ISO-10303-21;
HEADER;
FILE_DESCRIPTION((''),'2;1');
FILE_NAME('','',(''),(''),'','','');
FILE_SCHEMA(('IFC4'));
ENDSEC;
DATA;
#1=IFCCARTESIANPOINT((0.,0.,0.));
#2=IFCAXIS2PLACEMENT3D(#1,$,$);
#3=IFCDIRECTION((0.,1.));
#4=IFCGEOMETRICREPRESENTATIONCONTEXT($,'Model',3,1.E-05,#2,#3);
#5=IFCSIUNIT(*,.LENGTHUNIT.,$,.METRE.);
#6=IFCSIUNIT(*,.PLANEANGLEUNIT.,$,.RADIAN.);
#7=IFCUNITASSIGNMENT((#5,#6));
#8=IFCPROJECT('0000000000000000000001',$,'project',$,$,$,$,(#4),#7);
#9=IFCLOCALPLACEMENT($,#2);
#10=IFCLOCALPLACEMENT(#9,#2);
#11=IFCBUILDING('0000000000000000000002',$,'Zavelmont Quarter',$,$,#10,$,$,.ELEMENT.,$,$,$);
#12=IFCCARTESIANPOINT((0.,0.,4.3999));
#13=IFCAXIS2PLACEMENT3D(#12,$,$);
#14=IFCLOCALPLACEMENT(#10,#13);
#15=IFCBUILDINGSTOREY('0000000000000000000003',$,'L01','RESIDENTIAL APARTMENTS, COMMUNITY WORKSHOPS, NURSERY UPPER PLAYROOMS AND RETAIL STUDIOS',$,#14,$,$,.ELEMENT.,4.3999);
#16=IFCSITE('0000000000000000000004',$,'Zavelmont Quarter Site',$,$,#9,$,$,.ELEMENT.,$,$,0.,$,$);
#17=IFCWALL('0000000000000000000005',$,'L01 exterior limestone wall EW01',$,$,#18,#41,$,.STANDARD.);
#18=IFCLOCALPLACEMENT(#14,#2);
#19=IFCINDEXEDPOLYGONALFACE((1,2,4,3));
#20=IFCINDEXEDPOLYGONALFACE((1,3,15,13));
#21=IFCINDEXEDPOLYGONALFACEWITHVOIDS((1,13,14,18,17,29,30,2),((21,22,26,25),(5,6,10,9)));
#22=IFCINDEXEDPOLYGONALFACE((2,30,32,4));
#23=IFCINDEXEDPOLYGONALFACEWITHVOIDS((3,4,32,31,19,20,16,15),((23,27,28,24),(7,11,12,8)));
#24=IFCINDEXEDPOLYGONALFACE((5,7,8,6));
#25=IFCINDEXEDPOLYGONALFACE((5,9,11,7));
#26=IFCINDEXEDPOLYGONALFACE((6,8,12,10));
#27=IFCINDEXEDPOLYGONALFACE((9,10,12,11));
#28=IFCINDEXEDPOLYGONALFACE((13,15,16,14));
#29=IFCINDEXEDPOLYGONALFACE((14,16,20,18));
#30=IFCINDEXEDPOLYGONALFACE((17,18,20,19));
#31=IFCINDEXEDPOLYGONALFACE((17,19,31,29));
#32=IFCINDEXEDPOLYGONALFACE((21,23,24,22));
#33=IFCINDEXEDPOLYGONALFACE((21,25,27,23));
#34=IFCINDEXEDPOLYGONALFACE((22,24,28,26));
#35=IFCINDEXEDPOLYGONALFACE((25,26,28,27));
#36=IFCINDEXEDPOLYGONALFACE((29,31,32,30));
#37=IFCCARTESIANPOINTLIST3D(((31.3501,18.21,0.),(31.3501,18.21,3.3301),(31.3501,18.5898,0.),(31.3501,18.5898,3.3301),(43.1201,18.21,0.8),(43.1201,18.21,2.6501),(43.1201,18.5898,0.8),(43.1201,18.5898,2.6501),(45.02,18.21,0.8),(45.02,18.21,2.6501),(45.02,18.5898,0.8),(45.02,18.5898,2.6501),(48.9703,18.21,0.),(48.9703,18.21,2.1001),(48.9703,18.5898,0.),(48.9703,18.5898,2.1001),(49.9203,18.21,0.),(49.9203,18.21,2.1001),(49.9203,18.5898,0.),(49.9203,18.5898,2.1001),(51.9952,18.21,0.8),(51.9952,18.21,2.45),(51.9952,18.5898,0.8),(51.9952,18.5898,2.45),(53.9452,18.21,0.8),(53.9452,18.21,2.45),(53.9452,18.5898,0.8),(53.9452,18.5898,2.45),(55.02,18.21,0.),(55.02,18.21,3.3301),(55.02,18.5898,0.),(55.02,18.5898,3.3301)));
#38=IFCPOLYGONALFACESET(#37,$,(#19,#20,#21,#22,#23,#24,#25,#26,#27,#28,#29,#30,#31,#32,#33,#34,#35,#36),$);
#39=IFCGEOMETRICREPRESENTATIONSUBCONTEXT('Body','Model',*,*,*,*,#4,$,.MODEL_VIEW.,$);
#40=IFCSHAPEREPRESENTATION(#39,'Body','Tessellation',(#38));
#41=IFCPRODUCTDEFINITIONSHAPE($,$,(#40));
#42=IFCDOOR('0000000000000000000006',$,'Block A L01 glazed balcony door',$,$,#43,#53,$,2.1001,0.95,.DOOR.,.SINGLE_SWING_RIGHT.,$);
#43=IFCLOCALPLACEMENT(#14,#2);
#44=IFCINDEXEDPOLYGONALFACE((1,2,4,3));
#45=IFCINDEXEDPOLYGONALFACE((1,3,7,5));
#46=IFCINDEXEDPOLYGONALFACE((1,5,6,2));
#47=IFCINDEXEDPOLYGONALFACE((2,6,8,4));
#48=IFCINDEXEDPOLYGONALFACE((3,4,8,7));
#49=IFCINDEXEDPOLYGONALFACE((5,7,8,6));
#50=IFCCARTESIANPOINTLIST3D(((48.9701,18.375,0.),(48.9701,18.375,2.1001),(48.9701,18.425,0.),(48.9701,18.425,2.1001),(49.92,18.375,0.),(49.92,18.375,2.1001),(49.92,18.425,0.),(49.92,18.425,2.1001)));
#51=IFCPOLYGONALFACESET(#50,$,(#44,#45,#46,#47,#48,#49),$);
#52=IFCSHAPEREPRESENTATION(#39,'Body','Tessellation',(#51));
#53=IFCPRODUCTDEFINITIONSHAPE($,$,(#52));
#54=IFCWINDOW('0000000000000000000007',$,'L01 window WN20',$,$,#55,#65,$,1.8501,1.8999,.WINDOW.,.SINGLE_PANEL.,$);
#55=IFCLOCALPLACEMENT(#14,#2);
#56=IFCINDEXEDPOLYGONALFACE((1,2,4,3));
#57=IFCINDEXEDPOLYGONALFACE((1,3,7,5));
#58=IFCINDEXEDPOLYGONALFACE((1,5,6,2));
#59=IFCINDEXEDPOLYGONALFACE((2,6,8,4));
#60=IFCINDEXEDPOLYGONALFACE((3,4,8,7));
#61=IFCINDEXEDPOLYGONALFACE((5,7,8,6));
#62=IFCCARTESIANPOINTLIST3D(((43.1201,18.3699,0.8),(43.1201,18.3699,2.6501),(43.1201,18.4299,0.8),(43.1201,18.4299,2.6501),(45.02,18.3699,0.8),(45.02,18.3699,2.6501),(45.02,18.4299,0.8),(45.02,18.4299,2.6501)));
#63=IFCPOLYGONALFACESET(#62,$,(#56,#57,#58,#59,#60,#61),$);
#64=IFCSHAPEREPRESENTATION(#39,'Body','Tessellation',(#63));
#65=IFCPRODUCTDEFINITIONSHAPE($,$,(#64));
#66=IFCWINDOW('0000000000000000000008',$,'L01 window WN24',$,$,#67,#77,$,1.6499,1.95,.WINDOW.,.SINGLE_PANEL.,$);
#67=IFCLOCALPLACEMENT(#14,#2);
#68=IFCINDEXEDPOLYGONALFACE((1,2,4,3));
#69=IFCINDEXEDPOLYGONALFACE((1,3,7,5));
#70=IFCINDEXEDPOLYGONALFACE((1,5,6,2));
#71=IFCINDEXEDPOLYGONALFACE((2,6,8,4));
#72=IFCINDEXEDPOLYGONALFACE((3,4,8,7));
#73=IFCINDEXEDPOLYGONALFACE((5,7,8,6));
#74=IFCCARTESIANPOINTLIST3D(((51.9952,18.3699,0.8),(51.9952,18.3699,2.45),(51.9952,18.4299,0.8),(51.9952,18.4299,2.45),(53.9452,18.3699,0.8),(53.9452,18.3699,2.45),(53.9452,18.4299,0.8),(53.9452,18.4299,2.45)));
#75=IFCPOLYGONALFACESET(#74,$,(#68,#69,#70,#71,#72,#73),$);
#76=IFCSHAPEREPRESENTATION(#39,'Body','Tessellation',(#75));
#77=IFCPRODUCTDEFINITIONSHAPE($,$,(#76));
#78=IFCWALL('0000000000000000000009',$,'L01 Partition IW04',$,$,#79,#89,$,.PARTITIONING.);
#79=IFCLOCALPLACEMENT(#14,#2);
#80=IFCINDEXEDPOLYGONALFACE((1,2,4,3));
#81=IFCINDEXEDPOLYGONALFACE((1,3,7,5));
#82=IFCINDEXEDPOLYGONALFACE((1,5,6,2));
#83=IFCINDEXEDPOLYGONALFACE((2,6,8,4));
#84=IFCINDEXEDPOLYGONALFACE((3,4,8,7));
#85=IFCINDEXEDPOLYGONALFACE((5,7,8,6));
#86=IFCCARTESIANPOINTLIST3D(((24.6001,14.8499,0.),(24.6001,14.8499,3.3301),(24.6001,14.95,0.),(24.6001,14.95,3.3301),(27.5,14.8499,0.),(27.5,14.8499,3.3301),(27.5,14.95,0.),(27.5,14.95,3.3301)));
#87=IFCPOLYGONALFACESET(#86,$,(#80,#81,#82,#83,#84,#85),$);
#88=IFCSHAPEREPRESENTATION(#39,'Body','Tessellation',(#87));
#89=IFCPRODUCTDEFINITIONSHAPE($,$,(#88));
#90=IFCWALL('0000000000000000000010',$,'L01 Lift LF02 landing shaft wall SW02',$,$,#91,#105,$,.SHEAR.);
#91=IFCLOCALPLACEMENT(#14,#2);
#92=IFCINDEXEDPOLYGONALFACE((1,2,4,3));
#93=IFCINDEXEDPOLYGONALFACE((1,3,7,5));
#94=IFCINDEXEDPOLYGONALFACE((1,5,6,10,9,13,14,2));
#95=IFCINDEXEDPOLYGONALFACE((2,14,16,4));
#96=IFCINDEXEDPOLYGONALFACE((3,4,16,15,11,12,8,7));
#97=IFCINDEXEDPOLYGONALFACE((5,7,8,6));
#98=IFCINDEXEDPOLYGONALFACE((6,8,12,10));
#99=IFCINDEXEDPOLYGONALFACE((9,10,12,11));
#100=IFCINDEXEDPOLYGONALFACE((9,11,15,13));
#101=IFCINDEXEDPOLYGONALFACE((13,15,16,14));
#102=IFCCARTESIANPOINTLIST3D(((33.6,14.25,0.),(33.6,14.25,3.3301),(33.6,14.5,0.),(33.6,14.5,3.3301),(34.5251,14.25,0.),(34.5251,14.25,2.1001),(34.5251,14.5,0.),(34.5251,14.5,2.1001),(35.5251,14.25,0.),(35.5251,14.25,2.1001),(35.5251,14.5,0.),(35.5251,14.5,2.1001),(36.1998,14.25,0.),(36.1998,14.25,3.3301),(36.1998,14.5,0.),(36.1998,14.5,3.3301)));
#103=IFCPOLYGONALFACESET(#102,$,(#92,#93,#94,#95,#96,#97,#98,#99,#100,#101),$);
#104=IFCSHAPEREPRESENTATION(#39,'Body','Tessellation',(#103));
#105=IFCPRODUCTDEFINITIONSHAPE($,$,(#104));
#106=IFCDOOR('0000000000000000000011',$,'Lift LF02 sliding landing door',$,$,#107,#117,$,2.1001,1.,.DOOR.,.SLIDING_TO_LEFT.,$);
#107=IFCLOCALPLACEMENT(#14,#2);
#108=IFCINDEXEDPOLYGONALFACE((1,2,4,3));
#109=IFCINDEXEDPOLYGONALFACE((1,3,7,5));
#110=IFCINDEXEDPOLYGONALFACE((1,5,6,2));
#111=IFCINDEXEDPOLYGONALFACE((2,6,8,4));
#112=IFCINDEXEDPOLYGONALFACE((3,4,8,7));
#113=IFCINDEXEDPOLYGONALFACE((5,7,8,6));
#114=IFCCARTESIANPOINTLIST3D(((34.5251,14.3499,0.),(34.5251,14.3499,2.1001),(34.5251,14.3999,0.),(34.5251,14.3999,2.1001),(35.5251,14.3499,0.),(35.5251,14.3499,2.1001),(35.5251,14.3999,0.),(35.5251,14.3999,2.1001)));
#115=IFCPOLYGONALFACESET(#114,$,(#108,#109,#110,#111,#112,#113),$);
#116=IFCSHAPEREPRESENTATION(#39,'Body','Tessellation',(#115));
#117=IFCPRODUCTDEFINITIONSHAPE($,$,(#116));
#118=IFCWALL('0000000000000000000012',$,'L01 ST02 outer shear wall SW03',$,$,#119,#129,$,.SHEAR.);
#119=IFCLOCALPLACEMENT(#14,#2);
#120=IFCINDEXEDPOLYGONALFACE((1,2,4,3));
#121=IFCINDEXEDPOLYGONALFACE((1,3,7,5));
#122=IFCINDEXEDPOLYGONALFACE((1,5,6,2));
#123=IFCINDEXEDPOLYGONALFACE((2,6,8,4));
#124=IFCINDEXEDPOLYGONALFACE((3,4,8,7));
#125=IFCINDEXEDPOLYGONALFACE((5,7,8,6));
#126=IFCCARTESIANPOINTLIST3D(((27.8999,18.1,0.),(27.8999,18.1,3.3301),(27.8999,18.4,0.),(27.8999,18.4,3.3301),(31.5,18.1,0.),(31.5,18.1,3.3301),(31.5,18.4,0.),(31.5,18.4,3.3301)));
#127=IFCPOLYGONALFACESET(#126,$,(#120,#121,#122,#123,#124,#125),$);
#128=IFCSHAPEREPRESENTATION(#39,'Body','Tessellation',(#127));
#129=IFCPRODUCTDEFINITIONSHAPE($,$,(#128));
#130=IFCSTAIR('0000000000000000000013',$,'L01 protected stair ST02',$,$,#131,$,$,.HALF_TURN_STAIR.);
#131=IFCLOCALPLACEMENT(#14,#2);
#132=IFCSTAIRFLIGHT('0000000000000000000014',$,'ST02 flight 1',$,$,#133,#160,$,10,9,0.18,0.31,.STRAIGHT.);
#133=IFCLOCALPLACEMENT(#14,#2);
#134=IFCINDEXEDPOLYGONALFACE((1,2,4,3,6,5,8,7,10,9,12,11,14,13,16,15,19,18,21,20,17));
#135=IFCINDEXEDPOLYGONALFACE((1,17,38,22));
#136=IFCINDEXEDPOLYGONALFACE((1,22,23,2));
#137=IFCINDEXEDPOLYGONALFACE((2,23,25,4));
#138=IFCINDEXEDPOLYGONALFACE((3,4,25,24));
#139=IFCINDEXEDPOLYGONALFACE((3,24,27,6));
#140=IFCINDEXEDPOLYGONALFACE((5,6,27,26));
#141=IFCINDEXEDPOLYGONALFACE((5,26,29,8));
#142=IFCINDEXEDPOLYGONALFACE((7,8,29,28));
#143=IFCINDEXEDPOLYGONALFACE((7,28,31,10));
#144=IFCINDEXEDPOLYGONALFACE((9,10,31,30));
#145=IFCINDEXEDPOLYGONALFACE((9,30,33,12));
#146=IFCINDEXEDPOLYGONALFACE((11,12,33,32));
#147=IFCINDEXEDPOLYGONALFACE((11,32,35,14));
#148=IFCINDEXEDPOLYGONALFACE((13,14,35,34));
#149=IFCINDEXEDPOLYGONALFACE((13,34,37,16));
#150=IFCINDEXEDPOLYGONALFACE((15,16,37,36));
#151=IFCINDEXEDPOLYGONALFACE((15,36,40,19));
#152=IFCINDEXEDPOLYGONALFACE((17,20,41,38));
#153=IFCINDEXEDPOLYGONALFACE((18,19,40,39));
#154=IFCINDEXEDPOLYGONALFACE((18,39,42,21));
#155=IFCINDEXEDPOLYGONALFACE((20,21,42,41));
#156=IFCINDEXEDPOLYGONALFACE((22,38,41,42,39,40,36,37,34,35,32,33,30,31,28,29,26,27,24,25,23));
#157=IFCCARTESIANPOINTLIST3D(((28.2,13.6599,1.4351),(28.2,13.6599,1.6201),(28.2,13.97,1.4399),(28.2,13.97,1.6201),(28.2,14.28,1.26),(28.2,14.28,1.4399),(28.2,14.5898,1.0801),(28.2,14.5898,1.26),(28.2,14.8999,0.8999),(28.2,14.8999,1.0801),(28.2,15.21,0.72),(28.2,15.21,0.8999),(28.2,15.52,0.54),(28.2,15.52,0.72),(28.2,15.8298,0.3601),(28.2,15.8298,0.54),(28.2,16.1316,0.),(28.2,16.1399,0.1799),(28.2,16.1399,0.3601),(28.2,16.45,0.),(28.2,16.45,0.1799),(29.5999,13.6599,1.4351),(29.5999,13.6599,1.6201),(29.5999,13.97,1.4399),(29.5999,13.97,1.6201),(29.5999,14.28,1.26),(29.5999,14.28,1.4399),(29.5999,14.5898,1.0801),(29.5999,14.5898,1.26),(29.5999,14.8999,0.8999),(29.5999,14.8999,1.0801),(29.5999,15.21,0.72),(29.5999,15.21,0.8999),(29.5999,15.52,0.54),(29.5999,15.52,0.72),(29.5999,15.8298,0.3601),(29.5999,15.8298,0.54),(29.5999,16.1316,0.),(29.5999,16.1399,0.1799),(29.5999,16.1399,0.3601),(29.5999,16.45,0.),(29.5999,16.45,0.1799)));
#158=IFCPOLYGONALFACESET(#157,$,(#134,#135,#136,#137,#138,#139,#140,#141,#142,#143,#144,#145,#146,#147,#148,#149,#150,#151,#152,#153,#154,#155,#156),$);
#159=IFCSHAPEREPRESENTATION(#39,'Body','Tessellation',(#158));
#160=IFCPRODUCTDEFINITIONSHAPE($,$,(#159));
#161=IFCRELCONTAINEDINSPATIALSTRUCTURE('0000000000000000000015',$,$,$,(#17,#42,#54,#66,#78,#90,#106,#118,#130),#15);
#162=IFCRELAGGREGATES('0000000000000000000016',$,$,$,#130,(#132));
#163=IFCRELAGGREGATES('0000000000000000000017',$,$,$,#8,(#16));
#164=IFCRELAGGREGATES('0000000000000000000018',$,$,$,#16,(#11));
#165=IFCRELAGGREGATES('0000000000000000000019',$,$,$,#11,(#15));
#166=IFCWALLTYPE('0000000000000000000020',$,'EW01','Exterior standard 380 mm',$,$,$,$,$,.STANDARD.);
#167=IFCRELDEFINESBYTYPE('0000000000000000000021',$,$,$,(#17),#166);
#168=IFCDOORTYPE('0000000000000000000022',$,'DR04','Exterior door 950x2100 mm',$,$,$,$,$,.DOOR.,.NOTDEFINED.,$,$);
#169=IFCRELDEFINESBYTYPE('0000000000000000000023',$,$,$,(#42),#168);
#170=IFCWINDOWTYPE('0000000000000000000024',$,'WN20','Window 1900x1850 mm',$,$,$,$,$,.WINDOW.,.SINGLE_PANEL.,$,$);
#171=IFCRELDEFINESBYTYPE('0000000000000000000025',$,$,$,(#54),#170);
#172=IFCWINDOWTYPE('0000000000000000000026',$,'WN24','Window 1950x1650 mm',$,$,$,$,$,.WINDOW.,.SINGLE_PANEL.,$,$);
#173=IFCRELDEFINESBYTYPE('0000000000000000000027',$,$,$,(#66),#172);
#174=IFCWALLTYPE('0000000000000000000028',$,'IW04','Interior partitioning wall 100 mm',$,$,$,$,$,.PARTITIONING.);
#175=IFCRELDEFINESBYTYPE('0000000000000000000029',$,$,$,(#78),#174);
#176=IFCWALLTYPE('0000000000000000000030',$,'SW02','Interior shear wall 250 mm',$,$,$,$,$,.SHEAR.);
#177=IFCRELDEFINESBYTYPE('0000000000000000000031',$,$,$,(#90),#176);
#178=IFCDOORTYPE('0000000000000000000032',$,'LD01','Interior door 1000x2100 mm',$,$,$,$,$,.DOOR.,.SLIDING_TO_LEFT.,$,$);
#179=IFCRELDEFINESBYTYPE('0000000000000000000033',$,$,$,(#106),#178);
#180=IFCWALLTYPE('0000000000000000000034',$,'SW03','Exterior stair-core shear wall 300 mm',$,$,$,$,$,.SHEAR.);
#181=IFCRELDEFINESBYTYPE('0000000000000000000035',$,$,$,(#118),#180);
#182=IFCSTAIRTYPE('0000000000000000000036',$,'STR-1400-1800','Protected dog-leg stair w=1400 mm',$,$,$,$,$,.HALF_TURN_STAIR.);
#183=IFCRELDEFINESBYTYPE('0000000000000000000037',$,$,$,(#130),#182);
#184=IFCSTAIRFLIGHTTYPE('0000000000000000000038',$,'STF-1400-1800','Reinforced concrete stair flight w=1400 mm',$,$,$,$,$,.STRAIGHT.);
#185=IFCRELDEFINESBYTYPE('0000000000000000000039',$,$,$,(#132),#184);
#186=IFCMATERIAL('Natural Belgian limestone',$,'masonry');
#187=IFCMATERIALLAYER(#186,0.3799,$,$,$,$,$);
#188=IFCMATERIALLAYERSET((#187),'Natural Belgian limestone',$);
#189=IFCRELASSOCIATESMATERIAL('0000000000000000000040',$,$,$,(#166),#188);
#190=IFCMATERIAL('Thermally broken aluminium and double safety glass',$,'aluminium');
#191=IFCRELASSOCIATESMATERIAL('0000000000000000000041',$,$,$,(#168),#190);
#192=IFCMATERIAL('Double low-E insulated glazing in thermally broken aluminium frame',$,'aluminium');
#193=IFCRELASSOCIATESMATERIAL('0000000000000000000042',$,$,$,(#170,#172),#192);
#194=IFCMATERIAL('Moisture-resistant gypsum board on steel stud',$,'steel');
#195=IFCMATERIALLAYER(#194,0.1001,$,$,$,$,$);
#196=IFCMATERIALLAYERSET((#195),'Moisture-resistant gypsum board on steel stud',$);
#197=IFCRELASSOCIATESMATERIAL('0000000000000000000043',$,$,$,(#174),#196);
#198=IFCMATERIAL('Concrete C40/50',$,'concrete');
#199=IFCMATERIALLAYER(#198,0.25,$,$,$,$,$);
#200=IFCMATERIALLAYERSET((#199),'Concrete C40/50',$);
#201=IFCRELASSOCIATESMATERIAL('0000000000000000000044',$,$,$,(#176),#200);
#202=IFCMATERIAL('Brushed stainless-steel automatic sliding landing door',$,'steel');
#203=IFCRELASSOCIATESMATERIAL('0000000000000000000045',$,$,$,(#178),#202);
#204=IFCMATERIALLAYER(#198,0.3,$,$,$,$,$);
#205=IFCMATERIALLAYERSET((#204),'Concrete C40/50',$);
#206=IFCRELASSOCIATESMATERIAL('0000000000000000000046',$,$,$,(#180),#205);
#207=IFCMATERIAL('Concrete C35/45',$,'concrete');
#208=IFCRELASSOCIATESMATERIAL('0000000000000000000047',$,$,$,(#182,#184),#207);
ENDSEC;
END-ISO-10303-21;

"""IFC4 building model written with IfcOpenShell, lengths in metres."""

from ifc_helpers import new_model, si_unit, direction, frame, frame_2d, origin, origin_with_axes, place, context, subcontext, project, spatial, polyline, rectangle, outline, extrude, material, layer, layer_set, type_object, element, fill, aggregate, save


model = new_model("IFC4")

# Units and contexts
model_context = context("Model", 3, precision=1e-05, world=origin(), true_north=direction((0.0, 1.0)))
body_context = subcontext(model_context, "Body", "Model", "MODEL_VIEW")
ifc_project = project(units=[si_unit("LENGTHUNIT", "METRE"), si_unit("PLANEANGLEUNIT", "RADIAN")], contexts=[model_context])

# Site, building, storey
site_placement = place(None, origin())
site = spatial("IfcSite", under=ifc_project, at=site_placement, Name="Zavelmont Quarter Site", CompositionType="ELEMENT", RefElevation=0.0)
building_placement = place(site_placement, origin())
building = spatial("IfcBuilding", under=site, at=building_placement, Name="Zavelmont Quarter", CompositionType="ELEMENT")
storey_placement = place(building_placement, frame((0.0, 0.0, 4.3999)))
storey = spatial("IfcBuildingStorey", under=building, at=storey_placement, Name="L01", Description="RESIDENTIAL APARTMENTS, COMMUNITY WORKSHOPS, NURSERY UPPER PLAYROOMS AND RETAIL STUDIOS", CompositionType="ELEMENT", Elevation=4.3999)

# Shared definitions
ifc_material_1 = material(Name="Concrete C40/50", Category="concrete")

# Wall, openings, door, windows
ifc_material_2 = material(Name="Natural Belgian limestone", Category="masonry")
ifc_layer_1 = layer(ifc_material_2, 0.3799)
ifc_layer_set_1 = layer_set([ifc_layer_1], Name="Natural Belgian limestone")
wall_type_1 = type_object("IfcWallType", Name="EW01", Description="Exterior standard 380 mm", PredefinedType="STANDARD", material=ifc_layer_set_1)
wall_1_placement = place(storey_placement, frame((31.3501, 18.3999, 0.0), z_axis=(0.0, 0.0, 1.0), x_axis=(1.0, 0.0, 0.0)))
wall_1 = element("IfcWall", 1, at=wall_1_placement, inside=storey, type_object=wall_type_1, Name="L01 exterior limestone wall EW01", PredefinedType="STANDARD", context=body_context, shape_type="SweptSolid", body=[
    extrude(rectangle(XDim=23.6699, YDim=0.3799, at=frame_2d((11.835, 0.0))), origin(), (0.0, 0.0, 1.0), 3.3301),
])
opening_1_placement = place(wall_1_placement, frame((17.6201, 0.0, 0.0)))
opening_1 = element("IfcOpeningElement", 2, at=opening_1_placement, cuts=wall_1, PredefinedType="OPENING", context=body_context, shape_type="SweptSolid", body=[
    extrude(rectangle(XDim=0.95, YDim=2.1001, at=frame_2d((0.4751, 1.05))), frame((0.0, 0.2019, 0.0), z_axis=(0.0, -1.0, 0.0), x_axis=(1.0, 0.0, 0.0)), (0.0, 0.0, 1.0), 0.4038),
])
opening_2_placement = place(wall_1_placement, frame((11.77, 0.0, 0.8)))
opening_2 = element("IfcOpeningElement", 3, at=opening_2_placement, cuts=wall_1, PredefinedType="OPENING", context=body_context, shape_type="SweptSolid", body=[
    extrude(rectangle(XDim=1.8999, YDim=1.8501, at=frame_2d((0.95, 0.925))), frame((0.0, 0.2019, 0.0), z_axis=(0.0, -1.0, 0.0), x_axis=(1.0, 0.0, 0.0)), (0.0, 0.0, 1.0), 0.4038),
])
opening_3_placement = place(wall_1_placement, frame((20.645, 0.0, 0.8)))
opening_3 = element("IfcOpeningElement", 4, at=opening_3_placement, cuts=wall_1, PredefinedType="OPENING", context=body_context, shape_type="SweptSolid", body=[
    extrude(rectangle(XDim=1.95, YDim=1.6499, at=frame_2d((0.9751, 0.825))), frame((0.0, 0.2019, 0.0), z_axis=(0.0, -1.0, 0.0), x_axis=(1.0, 0.0, 0.0)), (0.0, 0.0, 1.0), 0.4038),
])
ifc_material_3 = material(Name="Thermally broken aluminium and double safety glass", Category="aluminium")
door_type_1 = type_object("IfcDoorType", Name="DR04", Description="Exterior door 950x2100 mm", OperationType="NOTDEFINED", PredefinedType="DOOR", material=ifc_material_3)
door_1_placement = place(opening_1_placement, frame((0.95, 0.0, 0.0), z_axis=(0.0, 0.0, 1.0), x_axis=(-1.0, 0.0, 0.0)))
door_1 = element("IfcDoor", 5, at=door_1_placement, inside=storey, type_object=door_type_1, Name="Block A L01 glazed balcony door", OperationType="SINGLE_SWING_RIGHT", OverallHeight=2.1001, OverallWidth=0.95, PredefinedType="DOOR", context=body_context, shape_type="SweptSolid", body=[
    extrude(rectangle(XDim=0.95, YDim=2.1001, at=frame_2d((0.4751, 1.05))), frame((0.0, 0.0249, 0.0), z_axis=(0.0, -1.0, 0.0), x_axis=(1.0, 0.0, 0.0)), (0.0, 0.0, 1.0), 0.05),
])
fill(opening_1, door_1)
ifc_material_4 = material(Name="Double low-E insulated glazing in thermally broken aluminium frame", Category="aluminium")
window_type_1 = type_object("IfcWindowType", Name="WN20", Description="Window 1900x1850 mm", PartitioningType="SINGLE_PANEL", PredefinedType="WINDOW", material=ifc_material_4)
window_1_placement = place(opening_2_placement, origin_with_axes())
window_1 = element("IfcWindow", 6, at=window_1_placement, inside=storey, type_object=window_type_1, Name="L01 window WN20", OverallHeight=1.8501, OverallWidth=1.8999, PartitioningType="SINGLE_PANEL", PredefinedType="WINDOW", context=body_context, shape_type="SweptSolid", body=[
    extrude(rectangle(XDim=1.8999, YDim=1.8501, at=frame_2d((0.95, 0.925))), frame((0.0, 0.03, 0.0), z_axis=(0.0, -1.0, 0.0), x_axis=(1.0, 0.0, 0.0)), (0.0, 0.0, 1.0), 0.0601),
])
fill(opening_2, window_1)
window_type_2 = type_object("IfcWindowType", Name="WN24", Description="Window 1950x1650 mm", PartitioningType="SINGLE_PANEL", PredefinedType="WINDOW", material=ifc_material_4)
window_2_placement = place(opening_3_placement, origin_with_axes())
window_2 = element("IfcWindow", 7, at=window_2_placement, inside=storey, type_object=window_type_2, Name="L01 window WN24", OverallHeight=1.6499, OverallWidth=1.95, PartitioningType="SINGLE_PANEL", PredefinedType="WINDOW", context=body_context, shape_type="SweptSolid", body=[
    extrude(rectangle(XDim=1.95, YDim=1.6499, at=frame_2d((0.9751, 0.825))), frame((0.0, 0.03, 0.0), z_axis=(0.0, -1.0, 0.0), x_axis=(1.0, 0.0, 0.0)), (0.0, 0.0, 1.0), 0.0601),
])
fill(opening_3, window_2)

# Wall
ifc_material_5 = material(Name="Moisture-resistant gypsum board on steel stud", Category="steel")
ifc_layer_2 = layer(ifc_material_5, 0.1001)
ifc_layer_set_2 = layer_set([ifc_layer_2], Name="Moisture-resistant gypsum board on steel stud")
wall_type_2 = type_object("IfcWallType", Name="IW04", Description="Interior partitioning wall 100 mm", PredefinedType="PARTITIONING", material=ifc_layer_set_2)
wall_2_placement = place(storey_placement, frame((24.6001, 14.8999, 0.0), z_axis=(0.0, 0.0, 1.0), x_axis=(1.0, 0.0, 0.0)))
element("IfcWall", 8, at=wall_2_placement, inside=storey, type_object=wall_type_2, Name="L01 Partition IW04", PredefinedType="PARTITIONING", context=body_context, shape_type="SweptSolid", body=[
    extrude(rectangle(XDim=2.8999, YDim=0.1001, at=frame_2d((1.45, 0.0))), origin(), (0.0, 0.0, 1.0), 3.3301),
])

# Wall, opening, door
ifc_layer_3 = layer(ifc_material_1, 0.25)
ifc_layer_set_3 = layer_set([ifc_layer_3], Name="Concrete C40/50")
wall_type_3 = type_object("IfcWallType", Name="SW02", Description="Interior shear wall 250 mm", PredefinedType="SHEAR", material=ifc_layer_set_3)
wall_3_placement = place(storey_placement, frame((33.6001, 14.375, 0.0), z_axis=(0.0, 0.0, 1.0), x_axis=(1.0, 0.0, 0.0)))
wall_3 = element("IfcWall", 9, at=wall_3_placement, inside=storey, type_object=wall_type_3, Name="L01 Lift LF02 landing shaft wall SW02", PredefinedType="SHEAR", context=body_context, shape_type="SweptSolid", body=[
    extrude(rectangle(XDim=2.5999, YDim=0.25, at=frame_2d((1.2998, 0.0))), origin(), (0.0, 0.0, 1.0), 3.3301),
])
opening_4_placement = place(wall_3_placement, frame((0.925, 0.0, 0.0)))
opening_4 = element("IfcOpeningElement", 10, at=opening_4_placement, cuts=wall_3, PredefinedType="OPENING", context=body_context, shape_type="SweptSolid", body=[
    extrude(rectangle(XDim=1.0, YDim=2.1001, at=frame_2d((0.5, 1.05))), frame((0.0, 0.137, 0.0), z_axis=(0.0, -1.0, 0.0), x_axis=(1.0, 0.0, 0.0)), (0.0, 0.0, 1.0), 0.2739),
])
ifc_material_6 = material(Name="Brushed stainless-steel automatic sliding landing door", Category="steel")
door_type_2 = type_object("IfcDoorType", Name="LD01", Description="Interior door 1000x2100 mm", OperationType="SLIDING_TO_LEFT", PredefinedType="DOOR", material=ifc_material_6)
door_2_placement = place(opening_4_placement, origin_with_axes())
door_2 = element("IfcDoor", 11, at=door_2_placement, inside=storey, type_object=door_type_2, Name="Lift LF02 sliding landing door", OperationType="SLIDING_TO_LEFT", OverallHeight=2.1001, OverallWidth=1.0, PredefinedType="DOOR", context=body_context, shape_type="SweptSolid", body=[
    extrude(rectangle(XDim=1.0, YDim=2.1001, at=frame_2d((0.5, 1.05))), frame((0.0, 0.0249, 0.0), z_axis=(0.0, -1.0, 0.0), x_axis=(1.0, 0.0, 0.0)), (0.0, 0.0, 1.0), 0.05),
])
fill(opening_4, door_2)

# Wall
ifc_layer_4 = layer(ifc_material_1, 0.3)
ifc_layer_set_4 = layer_set([ifc_layer_4], Name="Concrete C40/50")
wall_type_4 = type_object("IfcWallType", Name="SW03", Description="Exterior stair-core shear wall 300 mm", PredefinedType="SHEAR", material=ifc_layer_set_4)
wall_4_placement = place(storey_placement, frame((27.8999, 18.25, 0.0), z_axis=(0.0, 0.0, 1.0), x_axis=(1.0, 0.0, 0.0)))
element("IfcWall", 12, at=wall_4_placement, inside=storey, type_object=wall_type_4, Name="L01 ST02 outer shear wall SW03", PredefinedType="SHEAR", context=body_context, shape_type="SweptSolid", body=[
    extrude(rectangle(XDim=3.6001, YDim=0.3, at=frame_2d((1.8, 0.0))), origin(), (0.0, 0.0, 1.0), 3.3301),
])

# Stair, stair flight
ifc_material_7 = material(Name="Concrete C35/45", Category="concrete")
stair_type = type_object("IfcStairType", Name="STR-1400-1800", Description="Protected dog-leg stair w=1400 mm", PredefinedType="HALF_TURN_STAIR", material=ifc_material_7)
stair_placement = place(storey_placement, origin())
stair = element("IfcStair", 13, at=stair_placement, inside=storey, type_object=stair_type, Name="L01 protected stair ST02", PredefinedType="HALF_TURN_STAIR")
stair_flight_type = type_object("IfcStairFlightType", Name="STF-1400-1800", Description="Reinforced concrete stair flight w=1400 mm", PredefinedType="STRAIGHT", material=ifc_material_7)
stair_flight_1_placement = place(storey_placement, frame((28.8999, 16.45, 0.0), z_axis=(0.0, 0.0, 1.0), x_axis=(0.0, -1.0, 0.0)))
stair_flight_1 = element("IfcStairFlight", 14, at=stair_flight_1_placement, type_object=stair_flight_type, Name="ST02 flight 1", NumberOfRisers=10, NumberOfTreads=9, PredefinedType="STRAIGHT", RiserHeight=0.18, TreadLength=0.31, context=body_context, shape_type="SweptSolid", body=[
    extrude(outline(polyline([(0.0, 0.0), (0.0, 0.1799), (0.3101, 0.1799), (0.3101, 0.3601), (0.6201, 0.3601), (0.6201, 0.54), (0.9299, 0.54), (0.9299, 0.72), (1.24, 0.72), (1.24, 0.8999), (1.55, 0.8999), (1.55, 1.0801), (1.8601, 1.0801), (1.8601, 1.26), (2.1699, 1.26), (2.1699, 1.4399), (2.48, 1.4399), (2.48, 1.6201), (2.79, 1.6201), (2.79, 1.8), (2.79, 1.4351), (0.3184, 0.0), (0.0, 0.0)])), frame((0.0, 0.7, 0.0), z_axis=(0.0, -1.0, 0.0), x_axis=(1.0, 0.0, 0.0)), (0.0, 0.0, 1.0), 1.3999),
])
aggregate(stair, [stair_flight_1])

save(model, "model.ifc")
